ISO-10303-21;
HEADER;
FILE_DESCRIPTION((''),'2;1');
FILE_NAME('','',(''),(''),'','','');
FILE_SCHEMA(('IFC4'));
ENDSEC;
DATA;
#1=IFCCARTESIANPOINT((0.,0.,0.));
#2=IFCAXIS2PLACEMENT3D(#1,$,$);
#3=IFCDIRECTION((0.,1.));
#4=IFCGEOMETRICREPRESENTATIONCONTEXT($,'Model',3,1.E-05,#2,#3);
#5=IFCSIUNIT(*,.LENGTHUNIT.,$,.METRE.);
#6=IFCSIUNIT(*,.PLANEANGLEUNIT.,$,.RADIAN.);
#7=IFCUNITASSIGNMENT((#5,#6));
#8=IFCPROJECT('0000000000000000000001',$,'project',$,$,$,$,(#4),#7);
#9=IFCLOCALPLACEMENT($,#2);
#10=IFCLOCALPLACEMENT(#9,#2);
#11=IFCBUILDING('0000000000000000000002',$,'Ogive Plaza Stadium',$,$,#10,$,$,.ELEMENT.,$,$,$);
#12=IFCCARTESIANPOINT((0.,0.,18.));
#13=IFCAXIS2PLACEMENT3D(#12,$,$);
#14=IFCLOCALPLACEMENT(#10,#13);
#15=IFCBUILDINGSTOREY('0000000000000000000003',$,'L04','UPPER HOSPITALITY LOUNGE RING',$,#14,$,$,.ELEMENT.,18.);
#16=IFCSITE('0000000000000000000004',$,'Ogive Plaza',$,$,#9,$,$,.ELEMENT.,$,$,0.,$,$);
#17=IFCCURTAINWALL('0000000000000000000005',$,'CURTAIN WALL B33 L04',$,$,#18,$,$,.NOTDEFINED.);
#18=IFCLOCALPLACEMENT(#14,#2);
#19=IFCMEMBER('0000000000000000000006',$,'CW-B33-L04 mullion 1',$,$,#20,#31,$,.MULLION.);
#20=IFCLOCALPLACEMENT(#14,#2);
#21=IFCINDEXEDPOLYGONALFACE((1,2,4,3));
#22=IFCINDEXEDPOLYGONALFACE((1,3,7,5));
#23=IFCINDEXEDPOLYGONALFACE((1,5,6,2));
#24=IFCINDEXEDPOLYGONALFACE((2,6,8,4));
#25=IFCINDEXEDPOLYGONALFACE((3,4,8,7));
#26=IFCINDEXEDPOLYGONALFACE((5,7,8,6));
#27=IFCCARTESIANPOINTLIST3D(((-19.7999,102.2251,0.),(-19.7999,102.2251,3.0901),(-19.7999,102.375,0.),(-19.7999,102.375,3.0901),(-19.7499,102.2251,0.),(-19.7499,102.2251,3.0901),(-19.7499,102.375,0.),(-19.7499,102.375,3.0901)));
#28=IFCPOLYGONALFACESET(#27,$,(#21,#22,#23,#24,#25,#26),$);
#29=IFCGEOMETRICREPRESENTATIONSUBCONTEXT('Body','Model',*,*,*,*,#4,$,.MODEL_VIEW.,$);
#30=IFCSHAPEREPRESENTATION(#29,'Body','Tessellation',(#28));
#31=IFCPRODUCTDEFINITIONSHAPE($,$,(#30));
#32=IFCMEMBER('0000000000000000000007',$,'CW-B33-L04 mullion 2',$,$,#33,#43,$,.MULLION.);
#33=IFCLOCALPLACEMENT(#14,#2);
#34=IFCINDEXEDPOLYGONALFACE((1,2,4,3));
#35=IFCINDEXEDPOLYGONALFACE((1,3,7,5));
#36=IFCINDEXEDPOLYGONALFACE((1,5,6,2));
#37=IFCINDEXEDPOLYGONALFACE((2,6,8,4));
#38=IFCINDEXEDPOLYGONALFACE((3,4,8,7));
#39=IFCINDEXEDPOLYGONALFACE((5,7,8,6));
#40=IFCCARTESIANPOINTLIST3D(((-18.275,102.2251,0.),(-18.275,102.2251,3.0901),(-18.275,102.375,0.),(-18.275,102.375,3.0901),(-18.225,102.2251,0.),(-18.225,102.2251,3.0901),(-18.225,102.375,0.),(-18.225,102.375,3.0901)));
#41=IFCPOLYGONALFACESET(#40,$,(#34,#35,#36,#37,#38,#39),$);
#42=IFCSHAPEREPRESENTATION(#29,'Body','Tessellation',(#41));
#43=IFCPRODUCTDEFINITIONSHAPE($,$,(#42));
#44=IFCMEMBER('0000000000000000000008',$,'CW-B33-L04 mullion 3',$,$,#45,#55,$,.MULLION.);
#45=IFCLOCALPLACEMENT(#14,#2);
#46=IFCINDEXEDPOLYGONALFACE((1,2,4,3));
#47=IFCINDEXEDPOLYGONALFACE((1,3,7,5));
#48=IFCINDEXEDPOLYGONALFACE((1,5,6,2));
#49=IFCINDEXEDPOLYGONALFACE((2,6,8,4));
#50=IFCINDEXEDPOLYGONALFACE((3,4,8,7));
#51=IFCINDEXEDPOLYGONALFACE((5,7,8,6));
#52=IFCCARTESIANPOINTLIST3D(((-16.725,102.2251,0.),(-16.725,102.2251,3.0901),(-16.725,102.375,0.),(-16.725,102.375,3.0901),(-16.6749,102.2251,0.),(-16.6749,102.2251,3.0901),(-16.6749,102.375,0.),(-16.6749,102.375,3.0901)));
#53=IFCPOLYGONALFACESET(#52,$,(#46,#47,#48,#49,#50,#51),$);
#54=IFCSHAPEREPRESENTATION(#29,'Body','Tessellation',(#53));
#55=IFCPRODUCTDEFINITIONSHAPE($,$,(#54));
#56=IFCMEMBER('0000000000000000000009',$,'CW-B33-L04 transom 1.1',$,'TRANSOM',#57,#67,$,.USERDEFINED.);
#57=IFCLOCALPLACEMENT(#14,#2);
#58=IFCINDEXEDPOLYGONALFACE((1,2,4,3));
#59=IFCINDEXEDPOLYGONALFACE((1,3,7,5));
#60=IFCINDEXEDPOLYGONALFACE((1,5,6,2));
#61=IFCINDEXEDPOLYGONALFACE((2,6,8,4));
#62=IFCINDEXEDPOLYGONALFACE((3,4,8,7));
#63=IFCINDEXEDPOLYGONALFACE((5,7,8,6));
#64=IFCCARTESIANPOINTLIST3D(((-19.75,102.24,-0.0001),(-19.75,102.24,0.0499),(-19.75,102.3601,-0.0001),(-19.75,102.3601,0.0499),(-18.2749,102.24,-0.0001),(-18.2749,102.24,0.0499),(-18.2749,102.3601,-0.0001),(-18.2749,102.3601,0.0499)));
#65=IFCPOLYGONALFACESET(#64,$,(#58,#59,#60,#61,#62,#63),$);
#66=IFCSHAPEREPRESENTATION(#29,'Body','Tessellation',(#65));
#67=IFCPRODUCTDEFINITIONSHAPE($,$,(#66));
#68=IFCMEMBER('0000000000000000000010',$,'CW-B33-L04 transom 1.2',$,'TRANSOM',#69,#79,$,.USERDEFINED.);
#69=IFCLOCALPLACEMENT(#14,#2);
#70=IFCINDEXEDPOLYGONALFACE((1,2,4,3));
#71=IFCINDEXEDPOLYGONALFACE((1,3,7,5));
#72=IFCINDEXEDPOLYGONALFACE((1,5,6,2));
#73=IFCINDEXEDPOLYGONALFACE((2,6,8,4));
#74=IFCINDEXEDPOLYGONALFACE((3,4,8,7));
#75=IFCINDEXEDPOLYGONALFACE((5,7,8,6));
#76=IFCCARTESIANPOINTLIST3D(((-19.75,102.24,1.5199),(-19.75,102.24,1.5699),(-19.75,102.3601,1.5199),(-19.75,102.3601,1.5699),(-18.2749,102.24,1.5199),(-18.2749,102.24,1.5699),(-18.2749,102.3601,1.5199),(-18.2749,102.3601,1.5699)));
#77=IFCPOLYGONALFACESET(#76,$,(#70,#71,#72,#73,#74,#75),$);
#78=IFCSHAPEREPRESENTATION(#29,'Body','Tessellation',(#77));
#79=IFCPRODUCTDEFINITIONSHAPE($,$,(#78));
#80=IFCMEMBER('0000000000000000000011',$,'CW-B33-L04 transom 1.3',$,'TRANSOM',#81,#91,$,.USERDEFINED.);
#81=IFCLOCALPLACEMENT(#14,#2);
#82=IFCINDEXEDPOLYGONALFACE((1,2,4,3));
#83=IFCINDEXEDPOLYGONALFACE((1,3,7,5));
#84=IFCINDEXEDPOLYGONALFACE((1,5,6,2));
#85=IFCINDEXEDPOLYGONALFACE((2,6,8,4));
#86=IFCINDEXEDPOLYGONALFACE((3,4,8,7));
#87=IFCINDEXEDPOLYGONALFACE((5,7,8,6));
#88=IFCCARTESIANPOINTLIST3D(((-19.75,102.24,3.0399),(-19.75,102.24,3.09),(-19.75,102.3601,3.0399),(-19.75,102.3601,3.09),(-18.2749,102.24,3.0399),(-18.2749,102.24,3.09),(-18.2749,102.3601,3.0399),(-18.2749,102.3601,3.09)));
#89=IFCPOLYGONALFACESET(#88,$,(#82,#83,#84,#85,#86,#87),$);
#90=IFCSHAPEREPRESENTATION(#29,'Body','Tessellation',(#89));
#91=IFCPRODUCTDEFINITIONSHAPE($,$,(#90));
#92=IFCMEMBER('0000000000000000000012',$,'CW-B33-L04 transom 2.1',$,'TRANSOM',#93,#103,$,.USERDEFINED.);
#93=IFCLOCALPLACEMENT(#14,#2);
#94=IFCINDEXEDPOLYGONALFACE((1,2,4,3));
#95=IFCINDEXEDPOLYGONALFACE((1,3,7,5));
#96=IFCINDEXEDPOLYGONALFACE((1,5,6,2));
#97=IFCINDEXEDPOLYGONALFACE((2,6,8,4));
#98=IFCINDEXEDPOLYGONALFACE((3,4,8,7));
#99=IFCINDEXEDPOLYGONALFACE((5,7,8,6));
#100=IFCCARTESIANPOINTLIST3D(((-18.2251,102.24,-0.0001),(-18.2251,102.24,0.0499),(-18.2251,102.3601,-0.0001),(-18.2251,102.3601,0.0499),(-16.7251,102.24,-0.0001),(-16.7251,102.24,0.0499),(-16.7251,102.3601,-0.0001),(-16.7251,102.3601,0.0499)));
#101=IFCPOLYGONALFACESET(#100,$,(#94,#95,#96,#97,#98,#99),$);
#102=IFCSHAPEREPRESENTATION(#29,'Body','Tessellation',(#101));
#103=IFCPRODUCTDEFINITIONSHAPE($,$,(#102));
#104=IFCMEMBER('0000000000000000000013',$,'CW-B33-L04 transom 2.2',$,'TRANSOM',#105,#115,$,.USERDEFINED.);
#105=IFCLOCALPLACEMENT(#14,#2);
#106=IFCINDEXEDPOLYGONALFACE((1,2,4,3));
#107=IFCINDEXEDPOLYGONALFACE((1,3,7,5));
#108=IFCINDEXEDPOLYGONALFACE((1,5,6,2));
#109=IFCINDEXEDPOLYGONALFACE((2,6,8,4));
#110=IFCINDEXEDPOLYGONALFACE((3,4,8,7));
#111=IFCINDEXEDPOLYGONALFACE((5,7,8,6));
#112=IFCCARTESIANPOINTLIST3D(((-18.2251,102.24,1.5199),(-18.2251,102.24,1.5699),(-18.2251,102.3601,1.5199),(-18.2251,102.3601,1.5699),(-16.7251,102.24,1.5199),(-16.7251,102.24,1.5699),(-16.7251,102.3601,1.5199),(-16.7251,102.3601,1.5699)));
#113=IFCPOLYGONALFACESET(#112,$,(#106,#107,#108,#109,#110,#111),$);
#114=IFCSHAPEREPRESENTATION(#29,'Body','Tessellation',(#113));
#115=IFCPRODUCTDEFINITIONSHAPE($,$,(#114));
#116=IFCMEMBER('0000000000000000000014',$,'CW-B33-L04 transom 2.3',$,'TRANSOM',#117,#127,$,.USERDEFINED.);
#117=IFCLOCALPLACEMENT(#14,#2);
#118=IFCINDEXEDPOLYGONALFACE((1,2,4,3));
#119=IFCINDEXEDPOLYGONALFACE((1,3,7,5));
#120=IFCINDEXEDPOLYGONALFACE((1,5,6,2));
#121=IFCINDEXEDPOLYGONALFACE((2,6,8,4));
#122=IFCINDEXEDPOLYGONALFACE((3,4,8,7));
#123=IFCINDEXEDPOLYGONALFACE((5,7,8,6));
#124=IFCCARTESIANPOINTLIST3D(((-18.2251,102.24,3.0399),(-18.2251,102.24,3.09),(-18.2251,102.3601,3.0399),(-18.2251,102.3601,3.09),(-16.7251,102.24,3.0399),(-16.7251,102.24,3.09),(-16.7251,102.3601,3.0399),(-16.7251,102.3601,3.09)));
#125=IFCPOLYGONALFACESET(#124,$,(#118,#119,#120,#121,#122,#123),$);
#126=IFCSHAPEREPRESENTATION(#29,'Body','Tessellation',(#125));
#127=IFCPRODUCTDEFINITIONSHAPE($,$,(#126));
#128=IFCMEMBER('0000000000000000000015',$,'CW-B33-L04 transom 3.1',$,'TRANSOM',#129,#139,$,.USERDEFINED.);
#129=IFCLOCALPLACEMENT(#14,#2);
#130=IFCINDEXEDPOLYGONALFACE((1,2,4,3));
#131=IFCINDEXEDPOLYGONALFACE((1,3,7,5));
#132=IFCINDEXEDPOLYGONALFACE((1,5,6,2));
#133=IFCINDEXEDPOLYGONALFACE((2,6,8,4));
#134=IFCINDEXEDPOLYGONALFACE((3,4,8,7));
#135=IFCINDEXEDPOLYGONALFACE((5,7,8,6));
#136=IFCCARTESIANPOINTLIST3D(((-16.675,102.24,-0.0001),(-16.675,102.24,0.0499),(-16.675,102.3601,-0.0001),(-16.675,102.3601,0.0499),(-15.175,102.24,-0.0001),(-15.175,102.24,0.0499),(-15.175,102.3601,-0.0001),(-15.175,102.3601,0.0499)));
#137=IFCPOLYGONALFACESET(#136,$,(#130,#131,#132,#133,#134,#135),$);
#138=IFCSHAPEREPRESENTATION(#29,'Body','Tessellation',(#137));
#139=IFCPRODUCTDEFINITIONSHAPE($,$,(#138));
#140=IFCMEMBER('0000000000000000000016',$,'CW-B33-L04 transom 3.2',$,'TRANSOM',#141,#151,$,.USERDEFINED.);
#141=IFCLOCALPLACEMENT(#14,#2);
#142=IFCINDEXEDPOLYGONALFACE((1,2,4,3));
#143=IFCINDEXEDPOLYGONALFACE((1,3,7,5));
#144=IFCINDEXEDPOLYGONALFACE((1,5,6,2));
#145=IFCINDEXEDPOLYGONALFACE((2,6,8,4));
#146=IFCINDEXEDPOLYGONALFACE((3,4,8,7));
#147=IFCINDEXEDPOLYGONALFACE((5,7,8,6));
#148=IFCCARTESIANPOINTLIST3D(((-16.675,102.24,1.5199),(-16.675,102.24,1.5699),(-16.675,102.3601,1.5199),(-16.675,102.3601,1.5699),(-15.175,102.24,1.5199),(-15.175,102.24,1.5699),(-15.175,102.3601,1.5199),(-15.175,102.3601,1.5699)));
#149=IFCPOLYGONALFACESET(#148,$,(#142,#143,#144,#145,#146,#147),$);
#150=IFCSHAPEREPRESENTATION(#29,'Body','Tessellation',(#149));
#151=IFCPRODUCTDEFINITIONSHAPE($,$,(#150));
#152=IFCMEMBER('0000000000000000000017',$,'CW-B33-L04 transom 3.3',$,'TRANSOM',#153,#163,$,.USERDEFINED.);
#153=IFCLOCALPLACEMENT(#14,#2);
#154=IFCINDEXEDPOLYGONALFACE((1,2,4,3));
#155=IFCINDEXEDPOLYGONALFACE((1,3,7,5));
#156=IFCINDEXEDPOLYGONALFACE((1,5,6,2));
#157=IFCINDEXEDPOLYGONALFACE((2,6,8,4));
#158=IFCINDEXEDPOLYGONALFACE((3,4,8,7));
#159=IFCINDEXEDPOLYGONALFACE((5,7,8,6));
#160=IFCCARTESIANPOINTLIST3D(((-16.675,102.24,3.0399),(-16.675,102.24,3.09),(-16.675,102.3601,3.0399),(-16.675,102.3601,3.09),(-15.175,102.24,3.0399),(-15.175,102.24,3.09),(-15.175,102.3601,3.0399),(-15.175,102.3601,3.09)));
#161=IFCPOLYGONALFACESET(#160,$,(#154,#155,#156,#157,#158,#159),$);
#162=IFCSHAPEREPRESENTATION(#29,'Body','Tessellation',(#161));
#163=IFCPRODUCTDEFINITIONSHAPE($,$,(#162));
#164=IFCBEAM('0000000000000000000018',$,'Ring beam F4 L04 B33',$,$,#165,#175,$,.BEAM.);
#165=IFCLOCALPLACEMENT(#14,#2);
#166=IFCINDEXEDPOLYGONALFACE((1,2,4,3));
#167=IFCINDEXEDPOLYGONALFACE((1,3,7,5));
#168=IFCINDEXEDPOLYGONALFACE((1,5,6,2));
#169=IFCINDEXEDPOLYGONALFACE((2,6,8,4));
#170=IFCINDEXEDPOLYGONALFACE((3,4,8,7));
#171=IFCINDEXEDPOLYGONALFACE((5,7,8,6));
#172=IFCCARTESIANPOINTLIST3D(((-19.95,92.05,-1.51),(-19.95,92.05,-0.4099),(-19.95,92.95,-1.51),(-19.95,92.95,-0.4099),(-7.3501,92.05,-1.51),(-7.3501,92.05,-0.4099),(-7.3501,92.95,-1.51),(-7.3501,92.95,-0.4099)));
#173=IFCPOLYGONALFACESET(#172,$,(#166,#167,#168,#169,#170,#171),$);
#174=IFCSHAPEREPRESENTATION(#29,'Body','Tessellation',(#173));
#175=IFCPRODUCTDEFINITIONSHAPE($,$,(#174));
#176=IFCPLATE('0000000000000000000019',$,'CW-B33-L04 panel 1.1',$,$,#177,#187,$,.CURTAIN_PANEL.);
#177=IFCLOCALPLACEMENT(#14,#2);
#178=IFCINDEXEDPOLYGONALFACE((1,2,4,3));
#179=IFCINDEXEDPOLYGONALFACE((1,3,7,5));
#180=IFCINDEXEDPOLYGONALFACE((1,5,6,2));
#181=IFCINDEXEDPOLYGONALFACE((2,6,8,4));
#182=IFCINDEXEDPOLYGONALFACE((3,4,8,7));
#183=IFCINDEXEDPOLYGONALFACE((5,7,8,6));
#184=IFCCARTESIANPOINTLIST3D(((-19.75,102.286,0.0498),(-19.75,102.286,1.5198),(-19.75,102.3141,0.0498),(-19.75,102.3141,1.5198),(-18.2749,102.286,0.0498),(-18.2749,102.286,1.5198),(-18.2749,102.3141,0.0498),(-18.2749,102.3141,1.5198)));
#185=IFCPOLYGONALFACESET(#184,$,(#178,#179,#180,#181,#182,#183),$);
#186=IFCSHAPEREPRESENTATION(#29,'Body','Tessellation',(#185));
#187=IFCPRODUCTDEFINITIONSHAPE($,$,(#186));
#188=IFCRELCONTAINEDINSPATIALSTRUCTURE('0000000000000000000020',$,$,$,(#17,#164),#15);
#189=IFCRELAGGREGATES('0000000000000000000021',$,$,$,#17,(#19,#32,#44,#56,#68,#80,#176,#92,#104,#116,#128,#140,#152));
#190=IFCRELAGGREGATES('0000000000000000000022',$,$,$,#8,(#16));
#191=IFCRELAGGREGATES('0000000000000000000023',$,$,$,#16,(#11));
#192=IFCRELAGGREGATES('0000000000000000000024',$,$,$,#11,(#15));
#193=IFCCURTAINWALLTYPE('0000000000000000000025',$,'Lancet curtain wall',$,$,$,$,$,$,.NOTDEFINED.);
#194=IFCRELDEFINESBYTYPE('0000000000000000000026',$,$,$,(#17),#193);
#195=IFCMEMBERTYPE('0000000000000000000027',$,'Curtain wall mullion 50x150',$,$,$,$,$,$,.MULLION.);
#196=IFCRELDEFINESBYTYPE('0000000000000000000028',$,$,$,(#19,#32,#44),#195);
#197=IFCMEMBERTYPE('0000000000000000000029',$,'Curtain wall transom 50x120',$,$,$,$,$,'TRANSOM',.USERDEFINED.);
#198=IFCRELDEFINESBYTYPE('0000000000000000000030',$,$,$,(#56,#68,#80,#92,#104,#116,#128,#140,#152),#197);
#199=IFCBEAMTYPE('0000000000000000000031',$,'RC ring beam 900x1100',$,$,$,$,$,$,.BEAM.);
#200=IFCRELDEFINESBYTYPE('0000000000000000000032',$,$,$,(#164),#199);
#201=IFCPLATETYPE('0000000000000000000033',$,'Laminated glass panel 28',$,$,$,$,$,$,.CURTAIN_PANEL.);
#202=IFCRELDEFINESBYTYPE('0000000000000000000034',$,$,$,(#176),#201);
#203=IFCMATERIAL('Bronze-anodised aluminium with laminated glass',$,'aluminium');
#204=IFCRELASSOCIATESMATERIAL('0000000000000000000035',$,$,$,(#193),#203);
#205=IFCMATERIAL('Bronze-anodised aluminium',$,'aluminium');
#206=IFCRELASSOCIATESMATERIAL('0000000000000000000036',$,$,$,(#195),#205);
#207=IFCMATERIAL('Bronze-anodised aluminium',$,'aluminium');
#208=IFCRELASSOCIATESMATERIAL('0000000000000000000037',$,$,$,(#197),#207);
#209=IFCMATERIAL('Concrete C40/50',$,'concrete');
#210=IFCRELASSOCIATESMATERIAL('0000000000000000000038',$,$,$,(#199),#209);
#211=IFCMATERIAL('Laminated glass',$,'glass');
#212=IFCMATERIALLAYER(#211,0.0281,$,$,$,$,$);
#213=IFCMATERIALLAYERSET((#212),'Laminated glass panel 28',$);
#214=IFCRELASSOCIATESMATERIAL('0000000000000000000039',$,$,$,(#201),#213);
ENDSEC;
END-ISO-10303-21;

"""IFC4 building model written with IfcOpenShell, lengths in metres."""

from ifc_helpers import new_model, si_unit, direction, frame, origin, origin_2d, place, context, subcontext, project, spatial, rectangle, extrude, material, layer, layer_set, material_profile, profile_set, type_object, element, aggregate, save


model = new_model("IFC4")

# Units and contexts
model_context = context("Model", 3, precision=1e-05, world=origin(), true_north=direction((0.0, 1.0)))
body_context = subcontext(model_context, "Body", "Model", "MODEL_VIEW")
ifc_project = project(units=[si_unit("LENGTHUNIT", "METRE"), si_unit("PLANEANGLEUNIT", "RADIAN")], contexts=[model_context])

# Site, building, storey
site_placement = place(None, origin())
site = spatial("IfcSite", under=ifc_project, at=site_placement, Name="Ogive Plaza", CompositionType="ELEMENT", RefElevation=0.0)
building_placement = place(site_placement, origin())
building = spatial("IfcBuilding", under=site, at=building_placement, Name="Ogive Plaza Stadium", CompositionType="ELEMENT")
storey_placement = place(building_placement, frame((0.0, 0.0, 18.0)))
storey = spatial("IfcBuildingStorey", under=building, at=storey_placement, Name="L04", Description="UPPER HOSPITALITY LOUNGE RING", CompositionType="ELEMENT", Elevation=18.0)

# Curtain wall, members
ifc_material_1 = material(Name="Bronze-anodised aluminium with laminated glass", Category="aluminium")
curtain_wall_type = type_object("IfcCurtainWallType", Name="Lancet curtain wall", PredefinedType="NOTDEFINED", material=ifc_material_1)
curtain_wall_placement = place(storey_placement, origin())
curtain_wall = element("IfcCurtainWall", 1, at=curtain_wall_placement, inside=storey, type_object=curtain_wall_type, Name="CURTAIN WALL B33 L04", PredefinedType="NOTDEFINED")
ifc_material_2 = material(Name="Bronze-anodised aluminium", Category="aluminium")
ifc_material_profile_1 = material_profile(ifc_material_2, rectangle(XDim=0.1499, YDim=0.05, at=origin_2d()), Name="AL 150x50")
ifc_profile_set_1 = profile_set([ifc_material_profile_1], Name="Bronze-anodised aluminium")
member_type_1 = type_object("IfcMemberType", Name="Curtain wall mullion 50x150", PredefinedType="MULLION", material=ifc_profile_set_1)
member_1_placement = place(storey_placement, frame((-19.7749, 102.3, 0.0), z_axis=(0.0, 0.0, 1.0), x_axis=(0.0, 1.0, 0.0)))
member_1 = element("IfcMember", 2, at=member_1_placement, type_object=member_type_1, Name="CW-B33-L04 mullion 1", PredefinedType="MULLION", context=body_context, shape_type="SweptSolid", body=[
    extrude(rectangle(XDim=0.1499, YDim=0.05, at=origin_2d()), origin(), (0.0, 0.0, 1.0), 3.0901),
])
member_2_placement = place(storey_placement, frame((-18.25, 102.3, 0.0), z_axis=(0.0, 0.0, 1.0), x_axis=(0.0, 1.0, 0.0)))
member_2 = element("IfcMember", 3, at=member_2_placement, type_object=member_type_1, Name="CW-B33-L04 mullion 2", PredefinedType="MULLION", context=body_context, shape_type="SweptSolid", body=[
    extrude(rectangle(XDim=0.1499, YDim=0.05, at=origin_2d()), origin(), (0.0, 0.0, 1.0), 3.0901),
])
member_3_placement = place(storey_placement, frame((-16.7, 102.3, 0.0), z_axis=(0.0, 0.0, 1.0), x_axis=(0.0, 1.0, 0.0)))
member_3 = element("IfcMember", 4, at=member_3_placement, type_object=member_type_1, Name="CW-B33-L04 mullion 3", PredefinedType="MULLION", context=body_context, shape_type="SweptSolid", body=[
    extrude(rectangle(XDim=0.1499, YDim=0.05, at=origin_2d()), origin(), (0.0, 0.0, 1.0), 3.0901),
])
ifc_material_3 = material(Name="Bronze-anodised aluminium", Category="aluminium")
ifc_material_profile_2 = material_profile(ifc_material_3, rectangle(XDim=0.1201, YDim=0.05, at=origin_2d()), Name="AL 120x50")
ifc_profile_set_2 = profile_set([ifc_material_profile_2], Name="Bronze-anodised aluminium")
member_type_2 = type_object("IfcMemberType", Name="Curtain wall transom 50x120", ElementType="TRANSOM", PredefinedType="USERDEFINED", material=ifc_profile_set_2)
member_4_placement = place(storey_placement, frame((-19.75, 102.3, 0.0249), z_axis=(1.0, 0.0, 0.0), x_axis=(0.0, 1.0, 0.0)))
member_4 = element("IfcMember", 5, at=member_4_placement, type_object=member_type_2, Name="CW-B33-L04 transom 1.1", ObjectType="TRANSOM", PredefinedType="USERDEFINED", context=body_context, shape_type="SweptSolid", body=[
    extrude(rectangle(XDim=0.1201, YDim=0.05, at=origin_2d()), origin(), (0.0, 0.0, 1.0), 1.4751),
])
member_5_placement = place(storey_placement, frame((-19.75, 102.3, 1.5449), z_axis=(1.0, 0.0, 0.0), x_axis=(0.0, 1.0, 0.0)))
member_5 = element("IfcMember", 6, at=member_5_placement, type_object=member_type_2, Name="CW-B33-L04 transom 1.2", ObjectType="TRANSOM", PredefinedType="USERDEFINED", context=body_context, shape_type="SweptSolid", body=[
    extrude(rectangle(XDim=0.1201, YDim=0.05, at=origin_2d()), origin(), (0.0, 0.0, 1.0), 1.4751),
])
member_6_placement = place(storey_placement, frame((-19.75, 102.3, 3.0649), z_axis=(1.0, 0.0, 0.0), x_axis=(0.0, 1.0, 0.0)))
member_6 = element("IfcMember", 7, at=member_6_placement, type_object=member_type_2, Name="CW-B33-L04 transom 1.3", ObjectType="TRANSOM", PredefinedType="USERDEFINED", context=body_context, shape_type="SweptSolid", body=[
    extrude(rectangle(XDim=0.1201, YDim=0.05, at=origin_2d()), origin(), (0.0, 0.0, 1.0), 1.4751),
])
member_7_placement = place(storey_placement, frame((-18.2251, 102.3, 0.0249), z_axis=(1.0, 0.0, 0.0), x_axis=(0.0, 1.0, 0.0)))
member_7 = element("IfcMember", 8, at=member_7_placement, type_object=member_type_2, Name="CW-B33-L04 transom 2.1", ObjectType="TRANSOM", PredefinedType="USERDEFINED", context=body_context, shape_type="SweptSolid", body=[
    extrude(rectangle(XDim=0.1201, YDim=0.05, at=origin_2d()), origin(), (0.0, 0.0, 1.0), 1.5),
])
member_8_placement = place(storey_placement, frame((-18.2251, 102.3, 1.5449), z_axis=(1.0, 0.0, 0.0), x_axis=(0.0, 1.0, 0.0)))
member_8 = element("IfcMember", 9, at=member_8_placement, type_object=member_type_2, Name="CW-B33-L04 transom 2.2", ObjectType="TRANSOM", PredefinedType="USERDEFINED", context=body_context, shape_type="SweptSolid", body=[
    extrude(rectangle(XDim=0.1201, YDim=0.05, at=origin_2d()), origin(), (0.0, 0.0, 1.0), 1.5),
])
member_9_placement = place(storey_placement, frame((-18.2251, 102.3, 3.0649), z_axis=(1.0, 0.0, 0.0), x_axis=(0.0, 1.0, 0.0)))
member_9 = element("IfcMember", 10, at=member_9_placement, type_object=member_type_2, Name="CW-B33-L04 transom 2.3", ObjectType="TRANSOM", PredefinedType="USERDEFINED", context=body_context, shape_type="SweptSolid", body=[
    extrude(rectangle(XDim=0.1201, YDim=0.05, at=origin_2d()), origin(), (0.0, 0.0, 1.0), 1.5),
])
member_10_placement = place(storey_placement, frame((-16.675, 102.3, 0.0249), z_axis=(1.0, 0.0, 0.0), x_axis=(0.0, 1.0, 0.0)))
member_10 = element("IfcMember", 11, at=member_10_placement, type_object=member_type_2, Name="CW-B33-L04 transom 3.1", ObjectType="TRANSOM", PredefinedType="USERDEFINED", context=body_context, shape_type="SweptSolid", body=[
    extrude(rectangle(XDim=0.1201, YDim=0.05, at=origin_2d()), origin(), (0.0, 0.0, 1.0), 1.5),
])
member_11_placement = place(storey_placement, frame((-16.675, 102.3, 1.5449), z_axis=(1.0, 0.0, 0.0), x_axis=(0.0, 1.0, 0.0)))
member_11 = element("IfcMember", 12, at=member_11_placement, type_object=member_type_2, Name="CW-B33-L04 transom 3.2", ObjectType="TRANSOM", PredefinedType="USERDEFINED", context=body_context, shape_type="SweptSolid", body=[
    extrude(rectangle(XDim=0.1201, YDim=0.05, at=origin_2d()), origin(), (0.0, 0.0, 1.0), 1.5),
])
member_12_placement = place(storey_placement, frame((-16.675, 102.3, 3.0649), z_axis=(1.0, 0.0, 0.0), x_axis=(0.0, 1.0, 0.0)))
member_12 = element("IfcMember", 13, at=member_12_placement, type_object=member_type_2, Name="CW-B33-L04 transom 3.3", ObjectType="TRANSOM", PredefinedType="USERDEFINED", context=body_context, shape_type="SweptSolid", body=[
    extrude(rectangle(XDim=0.1201, YDim=0.05, at=origin_2d()), origin(), (0.0, 0.0, 1.0), 1.5),
])

# Beam
ifc_material_4 = material(Name="Concrete C40/50", Category="concrete")
ifc_material_profile_3 = material_profile(ifc_material_4, rectangle(XDim=0.8999, YDim=1.1001, at=origin_2d()), Name="RC 900x1100")
ifc_profile_set_3 = profile_set([ifc_material_profile_3], Name="Concrete C40/50")
beam_type = type_object("IfcBeamType", Name="RC ring beam 900x1100", PredefinedType="BEAM", material=ifc_profile_set_3)
beam_placement = place(storey_placement, frame((-19.95, 92.5, -0.96), z_axis=(1.0, 0.0, 0.0), x_axis=(0.0, 1.0, 0.0)))
element("IfcBeam", 14, at=beam_placement, inside=storey, type_object=beam_type, Name="Ring beam F4 L04 B33", PredefinedType="BEAM", context=body_context, shape_type="SweptSolid", body=[
    extrude(rectangle(XDim=0.8999, YDim=1.1001, at=origin_2d()), origin(), (0.0, 0.0, 1.0), 12.5999),
])

# Plate
ifc_material_5 = material(Name="Laminated glass", Category="glass")
ifc_layer_1 = layer(ifc_material_5, 0.0281)
ifc_layer_set_1 = layer_set([ifc_layer_1], Name="Laminated glass panel 28")
plate_type = type_object("IfcPlateType", Name="Laminated glass panel 28", PredefinedType="CURTAIN_PANEL", material=ifc_layer_set_1)
plate_1_placement = place(storey_placement, frame((-19.0125, 102.3, 0.0498), z_axis=(0.0, 0.0, 1.0), x_axis=(1.0, 0.0, 0.0)))
plate_1 = element("IfcPlate", 15, at=plate_1_placement, type_object=plate_type, Name="CW-B33-L04 panel 1.1", PredefinedType="CURTAIN_PANEL", context=body_context, shape_type="SweptSolid", body=[
    extrude(rectangle(XDim=1.4751, YDim=0.0281, at=origin_2d()), origin(), (0.0, 0.0, 1.0), 1.47),
])
aggregate(curtain_wall, [member_1, member_2, member_3, member_4, member_5, member_6, plate_1, member_7, member_8, member_9, member_10, member_11, member_12])

save(model, "model.ifc")
